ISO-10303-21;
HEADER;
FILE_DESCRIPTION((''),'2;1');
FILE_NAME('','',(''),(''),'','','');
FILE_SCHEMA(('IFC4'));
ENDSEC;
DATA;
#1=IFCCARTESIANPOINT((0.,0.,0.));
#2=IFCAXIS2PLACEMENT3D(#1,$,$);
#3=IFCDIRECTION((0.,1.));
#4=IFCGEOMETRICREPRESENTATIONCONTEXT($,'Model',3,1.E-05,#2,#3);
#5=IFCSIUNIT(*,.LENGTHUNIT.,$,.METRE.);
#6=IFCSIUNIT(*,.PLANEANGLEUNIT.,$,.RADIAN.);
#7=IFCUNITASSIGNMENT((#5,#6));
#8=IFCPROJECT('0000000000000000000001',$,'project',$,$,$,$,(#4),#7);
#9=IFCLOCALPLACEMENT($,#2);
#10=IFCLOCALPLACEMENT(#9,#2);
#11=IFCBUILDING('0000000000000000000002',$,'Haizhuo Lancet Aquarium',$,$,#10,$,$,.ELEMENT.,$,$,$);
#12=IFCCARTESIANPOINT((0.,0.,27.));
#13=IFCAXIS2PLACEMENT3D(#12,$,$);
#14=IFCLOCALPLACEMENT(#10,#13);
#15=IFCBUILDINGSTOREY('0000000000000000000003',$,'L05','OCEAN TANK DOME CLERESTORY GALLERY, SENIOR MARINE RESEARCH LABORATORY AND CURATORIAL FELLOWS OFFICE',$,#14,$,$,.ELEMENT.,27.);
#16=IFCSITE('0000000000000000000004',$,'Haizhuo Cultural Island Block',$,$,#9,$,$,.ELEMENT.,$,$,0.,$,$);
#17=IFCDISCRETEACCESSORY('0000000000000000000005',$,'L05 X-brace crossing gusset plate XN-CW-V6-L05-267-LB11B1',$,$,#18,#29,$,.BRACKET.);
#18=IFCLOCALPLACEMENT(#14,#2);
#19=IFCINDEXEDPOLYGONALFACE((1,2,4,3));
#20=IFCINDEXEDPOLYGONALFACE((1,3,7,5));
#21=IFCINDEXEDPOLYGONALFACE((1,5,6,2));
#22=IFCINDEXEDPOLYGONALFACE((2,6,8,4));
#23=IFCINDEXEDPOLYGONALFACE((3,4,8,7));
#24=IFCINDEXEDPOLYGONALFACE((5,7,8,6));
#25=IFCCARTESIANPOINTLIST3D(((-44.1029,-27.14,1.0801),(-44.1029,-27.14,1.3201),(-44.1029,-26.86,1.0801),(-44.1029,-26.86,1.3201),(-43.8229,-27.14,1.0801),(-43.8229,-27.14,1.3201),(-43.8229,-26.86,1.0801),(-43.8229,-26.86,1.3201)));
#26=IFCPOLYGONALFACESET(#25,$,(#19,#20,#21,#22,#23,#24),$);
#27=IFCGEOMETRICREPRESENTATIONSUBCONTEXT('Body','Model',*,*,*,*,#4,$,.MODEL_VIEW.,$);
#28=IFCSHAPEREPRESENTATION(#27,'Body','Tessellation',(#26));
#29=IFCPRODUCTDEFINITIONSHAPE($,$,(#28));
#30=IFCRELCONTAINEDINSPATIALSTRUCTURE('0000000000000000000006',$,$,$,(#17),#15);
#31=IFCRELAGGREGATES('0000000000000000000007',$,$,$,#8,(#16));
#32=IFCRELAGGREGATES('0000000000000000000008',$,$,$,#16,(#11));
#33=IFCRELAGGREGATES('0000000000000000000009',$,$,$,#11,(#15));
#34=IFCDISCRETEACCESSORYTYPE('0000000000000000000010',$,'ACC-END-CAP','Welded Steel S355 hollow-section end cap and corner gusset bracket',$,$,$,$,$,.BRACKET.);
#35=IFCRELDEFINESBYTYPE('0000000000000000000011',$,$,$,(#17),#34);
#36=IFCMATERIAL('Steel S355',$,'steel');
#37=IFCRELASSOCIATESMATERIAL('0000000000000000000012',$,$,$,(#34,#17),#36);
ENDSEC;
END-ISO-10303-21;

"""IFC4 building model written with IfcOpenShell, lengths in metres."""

from ifc_helpers import new_model, si_unit, direction, frame, origin, origin_2d, place, context, subcontext, project, spatial, rectangle, extrude, material, type_object, element, save


model = new_model("IFC4")

# Units and contexts
model_context = context("Model", 3, precision=1e-05, world=origin(), true_north=direction((0.0, 1.0)))
body_context = subcontext(model_context, "Body", "Model", "MODEL_VIEW")
ifc_project = project(units=[si_unit("LENGTHUNIT", "METRE"), si_unit("PLANEANGLEUNIT", "RADIAN")], contexts=[model_context])

# Site, building, storey
site_placement = place(None, origin())
site = spatial("IfcSite", under=ifc_project, at=site_placement, Name="Haizhuo Cultural Island Block", CompositionType="ELEMENT", RefElevation=0.0)
building_placement = place(site_placement, origin())
building = spatial("IfcBuilding", under=site, at=building_placement, Name="Haizhuo Lancet Aquarium", CompositionType="ELEMENT")
storey_placement = place(building_placement, frame((0.0, 0.0, 27.0)))
storey = spatial("IfcBuildingStorey", under=building, at=storey_placement, Name="L05", Description="OCEAN TANK DOME CLERESTORY GALLERY, SENIOR MARINE RESEARCH LABORATORY AND CURATORIAL FELLOWS OFFICE", CompositionType="ELEMENT", Elevation=27.0)

# Shared definitions
ifc_material_1 = material(Name="Steel S355", Category="steel")

# Discrete accessory
discrete_accessory_type = type_object("IfcDiscreteAccessoryType", Name="ACC-END-CAP", Description="Welded Steel S355 hollow-section end cap and corner gusset bracket", PredefinedType="BRACKET", material=ifc_material_1)
for number, where, z_axis, x_axis, name in (
    (1, (-43.9629, -27.0, 1.0801), (0.0, 0.0, 1.0), (1.0, 0.0, 0.0), "L05 X-brace crossing gusset plate XN-CW-V6-L05-267-LB11B1"),
):
    element("IfcDiscreteAccessory", number, at=place(storey_placement, frame(where, z_axis=z_axis, x_axis=x_axis)), inside=storey, type_object=discrete_accessory_type, material=ifc_material_1, Name=name, PredefinedType="BRACKET", context=body_context, shape_type="SweptSolid", body=[
        extrude(rectangle(XDim=0.28, YDim=0.28, at=origin_2d()), origin(), (0.0, 0.0, 1.0), 0.24),
    ])

save(model, "model.ifc")
